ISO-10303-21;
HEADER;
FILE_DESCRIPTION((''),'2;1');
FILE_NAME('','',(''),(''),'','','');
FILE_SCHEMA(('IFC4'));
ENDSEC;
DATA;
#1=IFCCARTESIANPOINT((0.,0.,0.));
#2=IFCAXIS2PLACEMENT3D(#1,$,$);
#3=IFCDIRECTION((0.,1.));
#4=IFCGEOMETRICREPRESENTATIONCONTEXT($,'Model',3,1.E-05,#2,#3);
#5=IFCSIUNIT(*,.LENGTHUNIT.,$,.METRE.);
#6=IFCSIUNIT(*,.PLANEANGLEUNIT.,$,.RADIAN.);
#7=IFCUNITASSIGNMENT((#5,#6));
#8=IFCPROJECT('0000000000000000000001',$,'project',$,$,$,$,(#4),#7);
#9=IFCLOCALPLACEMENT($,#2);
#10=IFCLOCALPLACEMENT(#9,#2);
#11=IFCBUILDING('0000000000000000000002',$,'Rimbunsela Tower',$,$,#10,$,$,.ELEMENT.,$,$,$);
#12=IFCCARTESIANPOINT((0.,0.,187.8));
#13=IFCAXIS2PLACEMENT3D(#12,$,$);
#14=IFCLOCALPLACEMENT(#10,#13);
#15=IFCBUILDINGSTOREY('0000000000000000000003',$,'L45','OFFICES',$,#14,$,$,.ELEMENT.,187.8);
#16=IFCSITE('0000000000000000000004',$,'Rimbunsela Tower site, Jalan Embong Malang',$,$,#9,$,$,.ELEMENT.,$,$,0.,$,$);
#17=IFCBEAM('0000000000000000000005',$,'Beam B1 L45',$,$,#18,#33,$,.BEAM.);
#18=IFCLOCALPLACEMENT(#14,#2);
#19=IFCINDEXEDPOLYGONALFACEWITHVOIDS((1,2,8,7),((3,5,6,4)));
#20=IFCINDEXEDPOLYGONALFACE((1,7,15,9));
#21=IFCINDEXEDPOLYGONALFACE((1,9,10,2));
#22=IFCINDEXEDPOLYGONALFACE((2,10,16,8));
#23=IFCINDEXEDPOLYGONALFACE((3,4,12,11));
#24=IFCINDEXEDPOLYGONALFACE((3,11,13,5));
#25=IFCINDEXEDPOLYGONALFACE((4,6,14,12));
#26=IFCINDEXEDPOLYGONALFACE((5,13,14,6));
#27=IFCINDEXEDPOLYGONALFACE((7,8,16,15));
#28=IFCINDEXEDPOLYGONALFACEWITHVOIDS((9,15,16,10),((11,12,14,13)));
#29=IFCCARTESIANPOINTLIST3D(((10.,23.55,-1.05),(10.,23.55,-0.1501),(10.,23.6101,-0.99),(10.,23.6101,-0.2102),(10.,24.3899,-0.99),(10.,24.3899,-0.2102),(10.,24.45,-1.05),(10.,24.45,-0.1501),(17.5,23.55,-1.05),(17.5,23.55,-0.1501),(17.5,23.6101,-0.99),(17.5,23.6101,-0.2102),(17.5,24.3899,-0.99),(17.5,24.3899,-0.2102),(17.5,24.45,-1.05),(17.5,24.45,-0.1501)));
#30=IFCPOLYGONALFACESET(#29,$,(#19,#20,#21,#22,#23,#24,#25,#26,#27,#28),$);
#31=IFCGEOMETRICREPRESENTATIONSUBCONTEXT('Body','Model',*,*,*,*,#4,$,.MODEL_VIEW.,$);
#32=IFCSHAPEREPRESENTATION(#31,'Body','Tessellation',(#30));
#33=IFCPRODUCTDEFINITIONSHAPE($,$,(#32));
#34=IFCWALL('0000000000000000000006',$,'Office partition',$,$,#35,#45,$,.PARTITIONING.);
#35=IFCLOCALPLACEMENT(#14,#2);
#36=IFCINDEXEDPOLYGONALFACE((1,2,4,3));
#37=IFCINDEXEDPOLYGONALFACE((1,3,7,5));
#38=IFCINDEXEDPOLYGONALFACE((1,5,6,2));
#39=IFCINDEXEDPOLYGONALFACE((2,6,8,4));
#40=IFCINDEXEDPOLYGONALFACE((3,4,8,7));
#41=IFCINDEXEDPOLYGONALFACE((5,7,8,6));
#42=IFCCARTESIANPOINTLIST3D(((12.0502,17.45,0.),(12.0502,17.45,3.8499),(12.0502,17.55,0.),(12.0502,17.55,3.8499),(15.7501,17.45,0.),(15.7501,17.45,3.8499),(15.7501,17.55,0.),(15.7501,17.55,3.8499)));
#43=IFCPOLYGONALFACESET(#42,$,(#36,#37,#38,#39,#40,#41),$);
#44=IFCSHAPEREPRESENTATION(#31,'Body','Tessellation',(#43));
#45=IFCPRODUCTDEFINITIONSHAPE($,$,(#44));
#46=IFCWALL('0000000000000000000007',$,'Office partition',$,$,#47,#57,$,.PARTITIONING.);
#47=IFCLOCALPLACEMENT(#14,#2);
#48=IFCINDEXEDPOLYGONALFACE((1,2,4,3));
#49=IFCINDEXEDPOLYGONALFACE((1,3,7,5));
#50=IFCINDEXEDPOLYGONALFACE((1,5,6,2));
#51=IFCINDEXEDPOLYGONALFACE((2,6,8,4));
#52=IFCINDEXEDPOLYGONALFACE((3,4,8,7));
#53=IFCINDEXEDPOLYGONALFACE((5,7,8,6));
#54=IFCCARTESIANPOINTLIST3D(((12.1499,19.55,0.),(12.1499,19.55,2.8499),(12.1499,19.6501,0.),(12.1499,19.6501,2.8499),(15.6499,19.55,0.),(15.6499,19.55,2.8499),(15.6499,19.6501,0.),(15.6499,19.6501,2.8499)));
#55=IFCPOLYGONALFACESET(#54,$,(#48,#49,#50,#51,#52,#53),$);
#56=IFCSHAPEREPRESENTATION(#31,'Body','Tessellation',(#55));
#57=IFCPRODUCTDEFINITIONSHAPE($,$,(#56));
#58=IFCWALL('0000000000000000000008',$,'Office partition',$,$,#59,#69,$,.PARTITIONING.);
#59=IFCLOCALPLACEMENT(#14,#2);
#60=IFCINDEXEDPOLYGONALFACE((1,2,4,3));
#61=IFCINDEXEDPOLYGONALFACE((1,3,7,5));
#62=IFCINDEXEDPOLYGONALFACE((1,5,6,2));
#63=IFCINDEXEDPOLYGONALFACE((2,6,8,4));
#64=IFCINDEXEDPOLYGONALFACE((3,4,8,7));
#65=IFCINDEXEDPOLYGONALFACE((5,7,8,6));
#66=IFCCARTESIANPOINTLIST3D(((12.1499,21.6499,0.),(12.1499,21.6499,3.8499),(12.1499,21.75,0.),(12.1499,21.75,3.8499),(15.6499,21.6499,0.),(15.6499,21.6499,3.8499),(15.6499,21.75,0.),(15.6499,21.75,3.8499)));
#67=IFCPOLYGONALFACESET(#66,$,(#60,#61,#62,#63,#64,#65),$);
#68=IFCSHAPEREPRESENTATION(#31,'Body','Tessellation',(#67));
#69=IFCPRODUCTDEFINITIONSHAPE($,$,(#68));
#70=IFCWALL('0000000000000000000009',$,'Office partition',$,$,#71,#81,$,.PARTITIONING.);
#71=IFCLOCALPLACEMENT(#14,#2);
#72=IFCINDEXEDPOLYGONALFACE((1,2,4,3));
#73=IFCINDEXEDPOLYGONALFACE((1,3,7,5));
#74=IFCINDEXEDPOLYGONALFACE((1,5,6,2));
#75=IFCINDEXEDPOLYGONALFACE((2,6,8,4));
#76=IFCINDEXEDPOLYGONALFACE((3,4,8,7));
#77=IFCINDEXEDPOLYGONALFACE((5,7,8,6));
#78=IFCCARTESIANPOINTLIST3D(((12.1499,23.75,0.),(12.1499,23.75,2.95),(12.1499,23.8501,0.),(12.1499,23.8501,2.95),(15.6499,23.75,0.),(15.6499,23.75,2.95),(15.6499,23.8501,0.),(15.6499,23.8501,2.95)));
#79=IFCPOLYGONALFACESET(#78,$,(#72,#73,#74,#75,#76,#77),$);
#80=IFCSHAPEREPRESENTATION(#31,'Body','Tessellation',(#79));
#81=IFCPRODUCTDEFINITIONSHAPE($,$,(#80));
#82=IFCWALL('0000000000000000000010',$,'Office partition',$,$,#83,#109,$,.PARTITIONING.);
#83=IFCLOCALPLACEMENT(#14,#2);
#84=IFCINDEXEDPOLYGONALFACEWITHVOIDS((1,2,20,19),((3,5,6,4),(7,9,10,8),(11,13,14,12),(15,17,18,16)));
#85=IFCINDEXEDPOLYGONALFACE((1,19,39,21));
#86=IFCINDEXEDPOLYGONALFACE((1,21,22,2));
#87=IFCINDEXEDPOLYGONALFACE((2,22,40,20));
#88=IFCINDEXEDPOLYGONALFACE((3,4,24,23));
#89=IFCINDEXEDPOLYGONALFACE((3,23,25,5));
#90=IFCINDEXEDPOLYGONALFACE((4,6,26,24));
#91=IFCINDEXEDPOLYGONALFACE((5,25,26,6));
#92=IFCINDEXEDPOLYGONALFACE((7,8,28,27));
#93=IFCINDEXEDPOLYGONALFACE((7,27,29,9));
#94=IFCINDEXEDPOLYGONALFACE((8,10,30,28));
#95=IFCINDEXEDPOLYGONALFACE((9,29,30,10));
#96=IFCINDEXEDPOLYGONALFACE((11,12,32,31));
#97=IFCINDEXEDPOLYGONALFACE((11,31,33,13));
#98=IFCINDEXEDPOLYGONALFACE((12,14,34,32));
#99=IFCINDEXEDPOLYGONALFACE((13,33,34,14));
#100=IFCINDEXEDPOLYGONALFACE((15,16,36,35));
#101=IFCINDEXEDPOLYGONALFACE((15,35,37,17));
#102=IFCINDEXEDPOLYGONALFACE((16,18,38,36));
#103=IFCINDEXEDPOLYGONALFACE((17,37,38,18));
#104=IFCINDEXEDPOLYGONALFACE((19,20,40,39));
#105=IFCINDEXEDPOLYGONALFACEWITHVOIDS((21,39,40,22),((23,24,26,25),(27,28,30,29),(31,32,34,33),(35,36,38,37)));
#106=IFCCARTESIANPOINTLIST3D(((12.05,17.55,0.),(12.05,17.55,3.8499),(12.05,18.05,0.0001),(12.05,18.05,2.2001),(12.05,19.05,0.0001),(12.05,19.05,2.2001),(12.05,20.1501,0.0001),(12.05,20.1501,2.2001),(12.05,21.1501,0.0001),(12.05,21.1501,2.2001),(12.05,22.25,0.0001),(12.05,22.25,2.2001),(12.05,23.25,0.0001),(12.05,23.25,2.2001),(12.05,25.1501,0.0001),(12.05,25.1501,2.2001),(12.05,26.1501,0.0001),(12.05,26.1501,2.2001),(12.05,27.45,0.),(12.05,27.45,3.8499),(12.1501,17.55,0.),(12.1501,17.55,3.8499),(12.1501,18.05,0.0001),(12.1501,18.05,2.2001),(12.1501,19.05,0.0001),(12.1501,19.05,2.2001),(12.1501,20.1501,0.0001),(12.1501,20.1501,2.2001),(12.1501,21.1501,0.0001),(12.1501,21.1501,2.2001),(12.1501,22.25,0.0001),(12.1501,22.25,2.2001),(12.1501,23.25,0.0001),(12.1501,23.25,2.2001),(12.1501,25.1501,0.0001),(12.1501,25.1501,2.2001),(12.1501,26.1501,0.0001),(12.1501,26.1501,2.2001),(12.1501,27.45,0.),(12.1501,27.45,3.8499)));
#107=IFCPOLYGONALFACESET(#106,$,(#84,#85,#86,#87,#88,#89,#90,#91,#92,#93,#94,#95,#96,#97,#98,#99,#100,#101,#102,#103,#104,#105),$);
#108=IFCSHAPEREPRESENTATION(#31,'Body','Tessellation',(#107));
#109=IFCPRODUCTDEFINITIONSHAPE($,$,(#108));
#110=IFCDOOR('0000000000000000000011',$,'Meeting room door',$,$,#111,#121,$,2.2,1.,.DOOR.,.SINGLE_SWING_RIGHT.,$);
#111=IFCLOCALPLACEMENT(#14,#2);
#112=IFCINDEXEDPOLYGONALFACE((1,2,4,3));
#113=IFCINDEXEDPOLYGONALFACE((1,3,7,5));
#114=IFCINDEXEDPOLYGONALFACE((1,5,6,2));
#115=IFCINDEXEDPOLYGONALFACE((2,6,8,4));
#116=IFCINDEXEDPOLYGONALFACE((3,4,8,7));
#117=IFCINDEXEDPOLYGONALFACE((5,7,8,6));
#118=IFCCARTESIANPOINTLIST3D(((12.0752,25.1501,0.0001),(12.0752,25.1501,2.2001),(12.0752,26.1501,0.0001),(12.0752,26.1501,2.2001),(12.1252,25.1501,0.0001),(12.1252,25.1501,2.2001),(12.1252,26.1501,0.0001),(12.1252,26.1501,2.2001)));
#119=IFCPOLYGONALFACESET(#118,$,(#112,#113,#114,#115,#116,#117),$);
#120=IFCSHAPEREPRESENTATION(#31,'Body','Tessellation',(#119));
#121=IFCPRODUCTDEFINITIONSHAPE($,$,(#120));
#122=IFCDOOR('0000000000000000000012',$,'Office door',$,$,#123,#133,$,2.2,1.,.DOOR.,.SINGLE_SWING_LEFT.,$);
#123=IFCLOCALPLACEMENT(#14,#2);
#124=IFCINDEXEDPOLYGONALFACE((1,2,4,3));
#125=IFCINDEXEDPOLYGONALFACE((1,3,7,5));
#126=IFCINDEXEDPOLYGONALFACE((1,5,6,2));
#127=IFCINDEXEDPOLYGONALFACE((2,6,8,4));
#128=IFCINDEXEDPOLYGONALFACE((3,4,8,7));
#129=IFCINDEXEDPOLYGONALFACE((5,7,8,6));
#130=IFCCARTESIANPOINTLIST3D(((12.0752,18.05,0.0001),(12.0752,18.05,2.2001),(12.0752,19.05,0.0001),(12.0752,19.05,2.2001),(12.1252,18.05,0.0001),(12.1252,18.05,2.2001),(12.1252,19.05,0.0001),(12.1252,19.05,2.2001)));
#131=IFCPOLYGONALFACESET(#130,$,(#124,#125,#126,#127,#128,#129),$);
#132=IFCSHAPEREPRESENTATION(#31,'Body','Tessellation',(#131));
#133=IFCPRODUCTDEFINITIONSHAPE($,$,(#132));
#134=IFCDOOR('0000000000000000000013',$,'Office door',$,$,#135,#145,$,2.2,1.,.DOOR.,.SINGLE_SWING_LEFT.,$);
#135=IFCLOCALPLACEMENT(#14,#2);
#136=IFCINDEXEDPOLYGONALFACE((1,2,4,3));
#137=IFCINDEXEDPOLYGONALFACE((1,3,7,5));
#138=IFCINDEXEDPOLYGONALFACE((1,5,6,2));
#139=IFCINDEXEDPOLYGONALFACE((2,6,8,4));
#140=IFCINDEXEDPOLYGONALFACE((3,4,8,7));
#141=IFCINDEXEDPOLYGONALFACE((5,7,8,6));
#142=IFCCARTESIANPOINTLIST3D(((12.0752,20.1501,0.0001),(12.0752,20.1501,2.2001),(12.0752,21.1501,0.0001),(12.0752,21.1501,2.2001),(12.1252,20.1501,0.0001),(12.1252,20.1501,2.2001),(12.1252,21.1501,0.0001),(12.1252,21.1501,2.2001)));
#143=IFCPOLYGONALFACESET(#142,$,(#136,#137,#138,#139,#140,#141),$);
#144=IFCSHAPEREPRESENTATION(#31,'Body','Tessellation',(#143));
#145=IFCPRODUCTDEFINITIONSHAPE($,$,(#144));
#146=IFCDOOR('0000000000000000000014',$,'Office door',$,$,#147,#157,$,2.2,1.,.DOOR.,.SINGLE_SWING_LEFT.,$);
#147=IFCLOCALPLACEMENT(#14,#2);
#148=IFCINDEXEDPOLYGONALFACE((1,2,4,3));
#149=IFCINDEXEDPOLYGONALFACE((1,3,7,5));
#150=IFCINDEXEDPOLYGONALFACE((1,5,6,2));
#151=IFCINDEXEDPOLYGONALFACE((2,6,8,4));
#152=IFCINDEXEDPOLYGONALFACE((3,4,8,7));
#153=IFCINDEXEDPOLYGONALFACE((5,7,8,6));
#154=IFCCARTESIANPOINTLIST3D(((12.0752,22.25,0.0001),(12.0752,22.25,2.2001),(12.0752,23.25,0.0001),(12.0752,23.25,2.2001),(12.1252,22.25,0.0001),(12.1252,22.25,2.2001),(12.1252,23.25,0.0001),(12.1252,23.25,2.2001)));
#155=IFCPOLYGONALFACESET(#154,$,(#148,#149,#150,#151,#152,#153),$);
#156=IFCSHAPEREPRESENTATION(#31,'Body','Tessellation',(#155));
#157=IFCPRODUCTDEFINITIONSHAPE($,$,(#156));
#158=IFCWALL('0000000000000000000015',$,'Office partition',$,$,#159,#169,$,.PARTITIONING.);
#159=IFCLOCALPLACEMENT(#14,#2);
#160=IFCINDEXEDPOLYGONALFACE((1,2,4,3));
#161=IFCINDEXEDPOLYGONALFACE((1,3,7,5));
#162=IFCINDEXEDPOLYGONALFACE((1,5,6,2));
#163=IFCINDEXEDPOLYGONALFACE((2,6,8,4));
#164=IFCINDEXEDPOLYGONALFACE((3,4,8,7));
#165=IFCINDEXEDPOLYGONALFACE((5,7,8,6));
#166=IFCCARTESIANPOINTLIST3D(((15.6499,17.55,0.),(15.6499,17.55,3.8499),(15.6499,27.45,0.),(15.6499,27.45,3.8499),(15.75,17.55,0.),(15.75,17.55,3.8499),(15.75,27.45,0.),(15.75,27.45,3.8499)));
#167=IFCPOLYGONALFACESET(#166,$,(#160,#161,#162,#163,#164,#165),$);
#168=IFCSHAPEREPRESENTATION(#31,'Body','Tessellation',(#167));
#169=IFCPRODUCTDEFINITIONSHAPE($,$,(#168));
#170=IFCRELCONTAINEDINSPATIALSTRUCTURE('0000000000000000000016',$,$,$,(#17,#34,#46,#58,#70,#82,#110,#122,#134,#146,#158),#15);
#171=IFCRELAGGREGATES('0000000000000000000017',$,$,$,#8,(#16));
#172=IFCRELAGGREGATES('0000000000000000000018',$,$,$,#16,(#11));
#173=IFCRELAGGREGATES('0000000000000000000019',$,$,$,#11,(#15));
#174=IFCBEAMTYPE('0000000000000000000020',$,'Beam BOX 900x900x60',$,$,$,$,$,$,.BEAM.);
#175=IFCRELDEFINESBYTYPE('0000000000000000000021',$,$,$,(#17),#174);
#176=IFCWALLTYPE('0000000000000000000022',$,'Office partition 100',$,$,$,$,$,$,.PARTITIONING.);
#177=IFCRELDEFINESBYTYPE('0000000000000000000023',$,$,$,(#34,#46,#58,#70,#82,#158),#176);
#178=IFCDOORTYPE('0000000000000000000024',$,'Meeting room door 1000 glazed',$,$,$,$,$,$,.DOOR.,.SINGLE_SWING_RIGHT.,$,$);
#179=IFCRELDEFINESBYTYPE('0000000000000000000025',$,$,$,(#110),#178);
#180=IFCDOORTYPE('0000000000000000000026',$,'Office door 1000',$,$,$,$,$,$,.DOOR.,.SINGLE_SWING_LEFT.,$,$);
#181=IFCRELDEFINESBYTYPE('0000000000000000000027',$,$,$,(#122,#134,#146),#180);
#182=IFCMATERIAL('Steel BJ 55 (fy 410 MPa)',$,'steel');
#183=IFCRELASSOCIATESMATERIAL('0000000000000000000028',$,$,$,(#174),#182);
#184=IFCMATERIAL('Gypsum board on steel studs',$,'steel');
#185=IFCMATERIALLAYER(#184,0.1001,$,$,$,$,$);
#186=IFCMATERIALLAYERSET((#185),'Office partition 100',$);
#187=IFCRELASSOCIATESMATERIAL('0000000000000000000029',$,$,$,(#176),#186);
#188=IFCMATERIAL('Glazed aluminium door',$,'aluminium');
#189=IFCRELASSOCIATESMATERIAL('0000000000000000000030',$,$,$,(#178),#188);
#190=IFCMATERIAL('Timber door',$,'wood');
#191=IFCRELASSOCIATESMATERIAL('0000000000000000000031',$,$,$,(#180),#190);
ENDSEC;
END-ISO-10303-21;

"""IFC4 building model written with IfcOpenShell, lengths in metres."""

from ifc_helpers import new_model, si_unit, direction, frame, frame_2d, origin, origin_2d, place, context, subcontext, project, spatial, rectangle, hollow_rectangle, extrude, material, layer, layer_set, material_profile, profile_set, type_object, element, fill, save


model = new_model("IFC4")

# Units and contexts
model_context = context("Model", 3, precision=1e-05, world=origin(), true_north=direction((0.0, 1.0)))
body_context = subcontext(model_context, "Body", "Model", "MODEL_VIEW")
ifc_project = project(units=[si_unit("LENGTHUNIT", "METRE"), si_unit("PLANEANGLEUNIT", "RADIAN")], contexts=[model_context])

# Site, building, storey
site_placement = place(None, origin())
site = spatial("IfcSite", under=ifc_project, at=site_placement, Name="Rimbunsela Tower site, Jalan Embong Malang", CompositionType="ELEMENT", RefElevation=0.0)
building_placement = place(site_placement, origin())
building = spatial("IfcBuilding", under=site, at=building_placement, Name="Rimbunsela Tower", CompositionType="ELEMENT")
storey_placement = place(building_placement, frame((0.0, 0.0, 187.8)))
storey = spatial("IfcBuildingStorey", under=building, at=storey_placement, Name="L45", Description="OFFICES", CompositionType="ELEMENT", Elevation=187.8)

# Beam
ifc_material_1 = material(Name="Steel BJ 55 (fy 410 MPa)", Category="steel")
ifc_material_profile_1 = material_profile(ifc_material_1, hollow_rectangle(XDim=0.8999, YDim=0.8999, WallThickness=0.0601, at=origin_2d()), Name="BOX 900x900x60")
ifc_profile_set_1 = profile_set([ifc_material_profile_1], Name="Steel BJ 55 (fy 410 MPa)")
beam_type_1 = type_object("IfcBeamType", Name="Beam BOX 900x900x60", PredefinedType="BEAM", material=ifc_profile_set_1)
beam_1_placement = place(storey_placement, frame((10.0, 24.0, -0.6001), z_axis=(1.0, 0.0, 0.0), x_axis=(0.0, 1.0, 0.0)))
element("IfcBeam", 1, at=beam_1_placement, inside=storey, type_object=beam_type_1, Name="Beam B1 L45", PredefinedType="BEAM", context=body_context, shape_type="SweptSolid", body=[
    extrude(hollow_rectangle(XDim=0.8999, YDim=0.8999, WallThickness=0.0601, at=origin_2d()), origin(), (0.0, 0.0, 1.0), 7.5),
])

# Walls
ifc_material_2 = material(Name="Gypsum board on steel studs", Category="steel")
ifc_layer_1 = layer(ifc_material_2, 0.1001)
ifc_layer_set_1 = layer_set([ifc_layer_1], Name="Office partition 100")
wall_type_1 = type_object("IfcWallType", Name="Office partition 100", PredefinedType="PARTITIONING", material=ifc_layer_set_1)
wall_1_placement = place(storey_placement, frame((12.05, 17.5, 0.0), z_axis=(0.0, 0.0, 1.0), x_axis=(1.0, 0.0, 0.0)))
element("IfcWall", 2, at=wall_1_placement, inside=storey, type_object=wall_type_1, Name="Office partition", PredefinedType="PARTITIONING", context=body_context, shape_type="SweptSolid", body=[
    extrude(rectangle(XDim=3.7, YDim=0.1001, at=frame_2d((1.8501, 0.0))), origin(), (0.0, 0.0, 1.0), 3.8499),
])
wall_2_placement = place(storey_placement, frame((12.1499, 19.6001, 0.0), z_axis=(0.0, 0.0, 1.0), x_axis=(1.0, 0.0, 0.0)))
element("IfcWall", 3, at=wall_2_placement, inside=storey, type_object=wall_type_1, Name="Office partition", PredefinedType="PARTITIONING", context=body_context, shape_type="SweptSolid", body=[
    extrude(rectangle(XDim=3.5, YDim=0.1001, at=frame_2d((1.75, 0.0))), origin(), (0.0, 0.0, 1.0), 2.8499),
])
wall_3_placement = place(storey_placement, frame((12.1499, 21.7, 0.0), z_axis=(0.0, 0.0, 1.0), x_axis=(1.0, 0.0, 0.0)))
element("IfcWall", 4, at=wall_3_placement, inside=storey, type_object=wall_type_1, Name="Office partition", PredefinedType="PARTITIONING", context=body_context, shape_type="SweptSolid", body=[
    extrude(rectangle(XDim=3.5, YDim=0.1001, at=frame_2d((1.75, 0.0))), origin(), (0.0, 0.0, 1.0), 3.8499),
])
wall_4_placement = place(storey_placement, frame((12.1499, 23.8, 0.0), z_axis=(0.0, 0.0, 1.0), x_axis=(1.0, 0.0, 0.0)))
element("IfcWall", 5, at=wall_4_placement, inside=storey, type_object=wall_type_1, Name="Office partition", PredefinedType="PARTITIONING", context=body_context, shape_type="SweptSolid", body=[
    extrude(rectangle(XDim=3.5, YDim=0.1001, at=frame_2d((1.75, 0.0))), origin(), (0.0, 0.0, 1.0), 2.95),
])

# Wall, openings, doors
wall_5_placement = place(storey_placement, frame((12.1001, 17.55, 0.0), z_axis=(0.0, 0.0, 1.0), x_axis=(0.0, 1.0, 0.0)))
wall_5 = element("IfcWall", 6, at=wall_5_placement, inside=storey, type_object=wall_type_1, Name="Office partition", PredefinedType="PARTITIONING", context=body_context, shape_type="SweptSolid", body=[
    extrude(rectangle(XDim=9.8999, YDim=0.1001, at=frame_2d((4.95, 0.0))), origin(), (0.0, 0.0, 1.0), 3.8499),
])
opening_1_placement = place(wall_5_placement, frame((0.5, 0.0, 0.0)))
opening_1 = element("IfcOpeningElement", 7, at=opening_1_placement, cuts=wall_5, PredefinedType="OPENING", context=body_context, shape_type="SweptSolid", body=[
    extrude(rectangle(XDim=1.0, YDim=2.2, at=frame_2d((0.5, 1.1001))), frame((0.0, 0.0601, 0.0), z_axis=(0.0, -1.0, 0.0), x_axis=(1.0, 0.0, 0.0)), (0.0, 0.0, 1.0), 0.1201),
])
opening_2_placement = place(wall_5_placement, frame((2.6001, 0.0, 0.0)))
opening_2 = element("IfcOpeningElement", 8, at=opening_2_placement, cuts=wall_5, PredefinedType="OPENING", context=body_context, shape_type="SweptSolid", body=[
    extrude(rectangle(XDim=1.0, YDim=2.2, at=frame_2d((0.5, 1.1001))), frame((0.0, 0.0601, 0.0), z_axis=(0.0, -1.0, 0.0), x_axis=(1.0, 0.0, 0.0)), (0.0, 0.0, 1.0), 0.1201),
])
opening_3_placement = place(wall_5_placement, frame((4.7, 0.0, 0.0)))
opening_3 = element("IfcOpeningElement", 9, at=opening_3_placement, cuts=wall_5, PredefinedType="OPENING", context=body_context, shape_type="SweptSolid", body=[
    extrude(rectangle(XDim=1.0, YDim=2.2, at=frame_2d((0.5, 1.1001))), frame((0.0, 0.0601, 0.0), z_axis=(0.0, -1.0, 0.0), x_axis=(1.0, 0.0, 0.0)), (0.0, 0.0, 1.0), 0.1201),
])
opening_4_placement = place(wall_5_placement, frame((7.6001, 0.0, 0.0)))
opening_4 = element("IfcOpeningElement", 10, at=opening_4_placement, cuts=wall_5, PredefinedType="OPENING", context=body_context, shape_type="SweptSolid", body=[
    extrude(rectangle(XDim=1.0, YDim=2.2, at=frame_2d((0.5, 1.1001))), frame((0.0, 0.0601, 0.0), z_axis=(0.0, -1.0, 0.0), x_axis=(1.0, 0.0, 0.0)), (0.0, 0.0, 1.0), 0.1201),
])
ifc_material_3 = material(Name="Glazed aluminium door", Category="aluminium")
door_type_1 = type_object("IfcDoorType", Name="Meeting room door 1000 glazed", OperationType="SINGLE_SWING_RIGHT", PredefinedType="DOOR", material=ifc_material_3)
door_1_placement = place(opening_4_placement, origin())
door_1 = element("IfcDoor", 11, at=door_1_placement, inside=storey, type_object=door_type_1, Name="Meeting room door", OperationType="SINGLE_SWING_RIGHT", OverallHeight=2.2, OverallWidth=1.0, PredefinedType="DOOR", context=body_context, shape_type="SweptSolid", body=[
    extrude(rectangle(XDim=1.0, YDim=2.2, at=frame_2d((0.5, 1.1001))), frame((0.0, 0.0249, 0.0), z_axis=(0.0, -1.0, 0.0), x_axis=(1.0, 0.0, 0.0)), (0.0, 0.0, 1.0), 0.05),
])
fill(opening_4, door_1)
ifc_material_4 = material(Name="Timber door", Category="wood")
door_type_2 = type_object("IfcDoorType", Name="Office door 1000", OperationType="SINGLE_SWING_LEFT", PredefinedType="DOOR", material=ifc_material_4)
door_2_placement = place(opening_1_placement, origin())
door_2 = element("IfcDoor", 12, at=door_2_placement, inside=storey, type_object=door_type_2, Name="Office door", OperationType="SINGLE_SWING_LEFT", OverallHeight=2.2, OverallWidth=1.0, PredefinedType="DOOR", context=body_context, shape_type="SweptSolid", body=[
    extrude(rectangle(XDim=1.0, YDim=2.2, at=frame_2d((0.5, 1.1001))), frame((0.0, 0.0249, 0.0), z_axis=(0.0, -1.0, 0.0), x_axis=(1.0, 0.0, 0.0)), (0.0, 0.0, 1.0), 0.05),
])
fill(opening_1, door_2)
door_3_placement = place(opening_2_placement, origin())
door_3 = element("IfcDoor", 13, at=door_3_placement, inside=storey, type_object=door_type_2, Name="Office door", OperationType="SINGLE_SWING_LEFT", OverallHeight=2.2, OverallWidth=1.0, PredefinedType="DOOR", context=body_context, shape_type="SweptSolid", body=[
    extrude(rectangle(XDim=1.0, YDim=2.2, at=frame_2d((0.5, 1.1001))), frame((0.0, 0.0249, 0.0), z_axis=(0.0, -1.0, 0.0), x_axis=(1.0, 0.0, 0.0)), (0.0, 0.0, 1.0), 0.05),
])
fill(opening_2, door_3)
door_4_placement = place(opening_3_placement, origin())
door_4 = element("IfcDoor", 14, at=door_4_placement, inside=storey, type_object=door_type_2, Name="Office door", OperationType="SINGLE_SWING_LEFT", OverallHeight=2.2, OverallWidth=1.0, PredefinedType="DOOR", context=body_context, shape_type="SweptSolid", body=[
    extrude(rectangle(XDim=1.0, YDim=2.2, at=frame_2d((0.5, 1.1001))), frame((0.0, 0.0249, 0.0), z_axis=(0.0, -1.0, 0.0), x_axis=(1.0, 0.0, 0.0)), (0.0, 0.0, 1.0), 0.05),
])
fill(opening_3, door_4)

# Wall
wall_6_placement = place(storey_placement, frame((15.7, 17.55, 0.0), z_axis=(0.0, 0.0, 1.0), x_axis=(0.0, 1.0, 0.0)))
element("IfcWall", 15, at=wall_6_placement, inside=storey, type_object=wall_type_1, Name="Office partition", PredefinedType="PARTITIONING", context=body_context, shape_type="SweptSolid", body=[
    extrude(rectangle(XDim=9.8999, YDim=0.1001, at=frame_2d((4.95, 0.0))), origin(), (0.0, 0.0, 1.0), 3.8499),
])

save(model, "model.ifc")
